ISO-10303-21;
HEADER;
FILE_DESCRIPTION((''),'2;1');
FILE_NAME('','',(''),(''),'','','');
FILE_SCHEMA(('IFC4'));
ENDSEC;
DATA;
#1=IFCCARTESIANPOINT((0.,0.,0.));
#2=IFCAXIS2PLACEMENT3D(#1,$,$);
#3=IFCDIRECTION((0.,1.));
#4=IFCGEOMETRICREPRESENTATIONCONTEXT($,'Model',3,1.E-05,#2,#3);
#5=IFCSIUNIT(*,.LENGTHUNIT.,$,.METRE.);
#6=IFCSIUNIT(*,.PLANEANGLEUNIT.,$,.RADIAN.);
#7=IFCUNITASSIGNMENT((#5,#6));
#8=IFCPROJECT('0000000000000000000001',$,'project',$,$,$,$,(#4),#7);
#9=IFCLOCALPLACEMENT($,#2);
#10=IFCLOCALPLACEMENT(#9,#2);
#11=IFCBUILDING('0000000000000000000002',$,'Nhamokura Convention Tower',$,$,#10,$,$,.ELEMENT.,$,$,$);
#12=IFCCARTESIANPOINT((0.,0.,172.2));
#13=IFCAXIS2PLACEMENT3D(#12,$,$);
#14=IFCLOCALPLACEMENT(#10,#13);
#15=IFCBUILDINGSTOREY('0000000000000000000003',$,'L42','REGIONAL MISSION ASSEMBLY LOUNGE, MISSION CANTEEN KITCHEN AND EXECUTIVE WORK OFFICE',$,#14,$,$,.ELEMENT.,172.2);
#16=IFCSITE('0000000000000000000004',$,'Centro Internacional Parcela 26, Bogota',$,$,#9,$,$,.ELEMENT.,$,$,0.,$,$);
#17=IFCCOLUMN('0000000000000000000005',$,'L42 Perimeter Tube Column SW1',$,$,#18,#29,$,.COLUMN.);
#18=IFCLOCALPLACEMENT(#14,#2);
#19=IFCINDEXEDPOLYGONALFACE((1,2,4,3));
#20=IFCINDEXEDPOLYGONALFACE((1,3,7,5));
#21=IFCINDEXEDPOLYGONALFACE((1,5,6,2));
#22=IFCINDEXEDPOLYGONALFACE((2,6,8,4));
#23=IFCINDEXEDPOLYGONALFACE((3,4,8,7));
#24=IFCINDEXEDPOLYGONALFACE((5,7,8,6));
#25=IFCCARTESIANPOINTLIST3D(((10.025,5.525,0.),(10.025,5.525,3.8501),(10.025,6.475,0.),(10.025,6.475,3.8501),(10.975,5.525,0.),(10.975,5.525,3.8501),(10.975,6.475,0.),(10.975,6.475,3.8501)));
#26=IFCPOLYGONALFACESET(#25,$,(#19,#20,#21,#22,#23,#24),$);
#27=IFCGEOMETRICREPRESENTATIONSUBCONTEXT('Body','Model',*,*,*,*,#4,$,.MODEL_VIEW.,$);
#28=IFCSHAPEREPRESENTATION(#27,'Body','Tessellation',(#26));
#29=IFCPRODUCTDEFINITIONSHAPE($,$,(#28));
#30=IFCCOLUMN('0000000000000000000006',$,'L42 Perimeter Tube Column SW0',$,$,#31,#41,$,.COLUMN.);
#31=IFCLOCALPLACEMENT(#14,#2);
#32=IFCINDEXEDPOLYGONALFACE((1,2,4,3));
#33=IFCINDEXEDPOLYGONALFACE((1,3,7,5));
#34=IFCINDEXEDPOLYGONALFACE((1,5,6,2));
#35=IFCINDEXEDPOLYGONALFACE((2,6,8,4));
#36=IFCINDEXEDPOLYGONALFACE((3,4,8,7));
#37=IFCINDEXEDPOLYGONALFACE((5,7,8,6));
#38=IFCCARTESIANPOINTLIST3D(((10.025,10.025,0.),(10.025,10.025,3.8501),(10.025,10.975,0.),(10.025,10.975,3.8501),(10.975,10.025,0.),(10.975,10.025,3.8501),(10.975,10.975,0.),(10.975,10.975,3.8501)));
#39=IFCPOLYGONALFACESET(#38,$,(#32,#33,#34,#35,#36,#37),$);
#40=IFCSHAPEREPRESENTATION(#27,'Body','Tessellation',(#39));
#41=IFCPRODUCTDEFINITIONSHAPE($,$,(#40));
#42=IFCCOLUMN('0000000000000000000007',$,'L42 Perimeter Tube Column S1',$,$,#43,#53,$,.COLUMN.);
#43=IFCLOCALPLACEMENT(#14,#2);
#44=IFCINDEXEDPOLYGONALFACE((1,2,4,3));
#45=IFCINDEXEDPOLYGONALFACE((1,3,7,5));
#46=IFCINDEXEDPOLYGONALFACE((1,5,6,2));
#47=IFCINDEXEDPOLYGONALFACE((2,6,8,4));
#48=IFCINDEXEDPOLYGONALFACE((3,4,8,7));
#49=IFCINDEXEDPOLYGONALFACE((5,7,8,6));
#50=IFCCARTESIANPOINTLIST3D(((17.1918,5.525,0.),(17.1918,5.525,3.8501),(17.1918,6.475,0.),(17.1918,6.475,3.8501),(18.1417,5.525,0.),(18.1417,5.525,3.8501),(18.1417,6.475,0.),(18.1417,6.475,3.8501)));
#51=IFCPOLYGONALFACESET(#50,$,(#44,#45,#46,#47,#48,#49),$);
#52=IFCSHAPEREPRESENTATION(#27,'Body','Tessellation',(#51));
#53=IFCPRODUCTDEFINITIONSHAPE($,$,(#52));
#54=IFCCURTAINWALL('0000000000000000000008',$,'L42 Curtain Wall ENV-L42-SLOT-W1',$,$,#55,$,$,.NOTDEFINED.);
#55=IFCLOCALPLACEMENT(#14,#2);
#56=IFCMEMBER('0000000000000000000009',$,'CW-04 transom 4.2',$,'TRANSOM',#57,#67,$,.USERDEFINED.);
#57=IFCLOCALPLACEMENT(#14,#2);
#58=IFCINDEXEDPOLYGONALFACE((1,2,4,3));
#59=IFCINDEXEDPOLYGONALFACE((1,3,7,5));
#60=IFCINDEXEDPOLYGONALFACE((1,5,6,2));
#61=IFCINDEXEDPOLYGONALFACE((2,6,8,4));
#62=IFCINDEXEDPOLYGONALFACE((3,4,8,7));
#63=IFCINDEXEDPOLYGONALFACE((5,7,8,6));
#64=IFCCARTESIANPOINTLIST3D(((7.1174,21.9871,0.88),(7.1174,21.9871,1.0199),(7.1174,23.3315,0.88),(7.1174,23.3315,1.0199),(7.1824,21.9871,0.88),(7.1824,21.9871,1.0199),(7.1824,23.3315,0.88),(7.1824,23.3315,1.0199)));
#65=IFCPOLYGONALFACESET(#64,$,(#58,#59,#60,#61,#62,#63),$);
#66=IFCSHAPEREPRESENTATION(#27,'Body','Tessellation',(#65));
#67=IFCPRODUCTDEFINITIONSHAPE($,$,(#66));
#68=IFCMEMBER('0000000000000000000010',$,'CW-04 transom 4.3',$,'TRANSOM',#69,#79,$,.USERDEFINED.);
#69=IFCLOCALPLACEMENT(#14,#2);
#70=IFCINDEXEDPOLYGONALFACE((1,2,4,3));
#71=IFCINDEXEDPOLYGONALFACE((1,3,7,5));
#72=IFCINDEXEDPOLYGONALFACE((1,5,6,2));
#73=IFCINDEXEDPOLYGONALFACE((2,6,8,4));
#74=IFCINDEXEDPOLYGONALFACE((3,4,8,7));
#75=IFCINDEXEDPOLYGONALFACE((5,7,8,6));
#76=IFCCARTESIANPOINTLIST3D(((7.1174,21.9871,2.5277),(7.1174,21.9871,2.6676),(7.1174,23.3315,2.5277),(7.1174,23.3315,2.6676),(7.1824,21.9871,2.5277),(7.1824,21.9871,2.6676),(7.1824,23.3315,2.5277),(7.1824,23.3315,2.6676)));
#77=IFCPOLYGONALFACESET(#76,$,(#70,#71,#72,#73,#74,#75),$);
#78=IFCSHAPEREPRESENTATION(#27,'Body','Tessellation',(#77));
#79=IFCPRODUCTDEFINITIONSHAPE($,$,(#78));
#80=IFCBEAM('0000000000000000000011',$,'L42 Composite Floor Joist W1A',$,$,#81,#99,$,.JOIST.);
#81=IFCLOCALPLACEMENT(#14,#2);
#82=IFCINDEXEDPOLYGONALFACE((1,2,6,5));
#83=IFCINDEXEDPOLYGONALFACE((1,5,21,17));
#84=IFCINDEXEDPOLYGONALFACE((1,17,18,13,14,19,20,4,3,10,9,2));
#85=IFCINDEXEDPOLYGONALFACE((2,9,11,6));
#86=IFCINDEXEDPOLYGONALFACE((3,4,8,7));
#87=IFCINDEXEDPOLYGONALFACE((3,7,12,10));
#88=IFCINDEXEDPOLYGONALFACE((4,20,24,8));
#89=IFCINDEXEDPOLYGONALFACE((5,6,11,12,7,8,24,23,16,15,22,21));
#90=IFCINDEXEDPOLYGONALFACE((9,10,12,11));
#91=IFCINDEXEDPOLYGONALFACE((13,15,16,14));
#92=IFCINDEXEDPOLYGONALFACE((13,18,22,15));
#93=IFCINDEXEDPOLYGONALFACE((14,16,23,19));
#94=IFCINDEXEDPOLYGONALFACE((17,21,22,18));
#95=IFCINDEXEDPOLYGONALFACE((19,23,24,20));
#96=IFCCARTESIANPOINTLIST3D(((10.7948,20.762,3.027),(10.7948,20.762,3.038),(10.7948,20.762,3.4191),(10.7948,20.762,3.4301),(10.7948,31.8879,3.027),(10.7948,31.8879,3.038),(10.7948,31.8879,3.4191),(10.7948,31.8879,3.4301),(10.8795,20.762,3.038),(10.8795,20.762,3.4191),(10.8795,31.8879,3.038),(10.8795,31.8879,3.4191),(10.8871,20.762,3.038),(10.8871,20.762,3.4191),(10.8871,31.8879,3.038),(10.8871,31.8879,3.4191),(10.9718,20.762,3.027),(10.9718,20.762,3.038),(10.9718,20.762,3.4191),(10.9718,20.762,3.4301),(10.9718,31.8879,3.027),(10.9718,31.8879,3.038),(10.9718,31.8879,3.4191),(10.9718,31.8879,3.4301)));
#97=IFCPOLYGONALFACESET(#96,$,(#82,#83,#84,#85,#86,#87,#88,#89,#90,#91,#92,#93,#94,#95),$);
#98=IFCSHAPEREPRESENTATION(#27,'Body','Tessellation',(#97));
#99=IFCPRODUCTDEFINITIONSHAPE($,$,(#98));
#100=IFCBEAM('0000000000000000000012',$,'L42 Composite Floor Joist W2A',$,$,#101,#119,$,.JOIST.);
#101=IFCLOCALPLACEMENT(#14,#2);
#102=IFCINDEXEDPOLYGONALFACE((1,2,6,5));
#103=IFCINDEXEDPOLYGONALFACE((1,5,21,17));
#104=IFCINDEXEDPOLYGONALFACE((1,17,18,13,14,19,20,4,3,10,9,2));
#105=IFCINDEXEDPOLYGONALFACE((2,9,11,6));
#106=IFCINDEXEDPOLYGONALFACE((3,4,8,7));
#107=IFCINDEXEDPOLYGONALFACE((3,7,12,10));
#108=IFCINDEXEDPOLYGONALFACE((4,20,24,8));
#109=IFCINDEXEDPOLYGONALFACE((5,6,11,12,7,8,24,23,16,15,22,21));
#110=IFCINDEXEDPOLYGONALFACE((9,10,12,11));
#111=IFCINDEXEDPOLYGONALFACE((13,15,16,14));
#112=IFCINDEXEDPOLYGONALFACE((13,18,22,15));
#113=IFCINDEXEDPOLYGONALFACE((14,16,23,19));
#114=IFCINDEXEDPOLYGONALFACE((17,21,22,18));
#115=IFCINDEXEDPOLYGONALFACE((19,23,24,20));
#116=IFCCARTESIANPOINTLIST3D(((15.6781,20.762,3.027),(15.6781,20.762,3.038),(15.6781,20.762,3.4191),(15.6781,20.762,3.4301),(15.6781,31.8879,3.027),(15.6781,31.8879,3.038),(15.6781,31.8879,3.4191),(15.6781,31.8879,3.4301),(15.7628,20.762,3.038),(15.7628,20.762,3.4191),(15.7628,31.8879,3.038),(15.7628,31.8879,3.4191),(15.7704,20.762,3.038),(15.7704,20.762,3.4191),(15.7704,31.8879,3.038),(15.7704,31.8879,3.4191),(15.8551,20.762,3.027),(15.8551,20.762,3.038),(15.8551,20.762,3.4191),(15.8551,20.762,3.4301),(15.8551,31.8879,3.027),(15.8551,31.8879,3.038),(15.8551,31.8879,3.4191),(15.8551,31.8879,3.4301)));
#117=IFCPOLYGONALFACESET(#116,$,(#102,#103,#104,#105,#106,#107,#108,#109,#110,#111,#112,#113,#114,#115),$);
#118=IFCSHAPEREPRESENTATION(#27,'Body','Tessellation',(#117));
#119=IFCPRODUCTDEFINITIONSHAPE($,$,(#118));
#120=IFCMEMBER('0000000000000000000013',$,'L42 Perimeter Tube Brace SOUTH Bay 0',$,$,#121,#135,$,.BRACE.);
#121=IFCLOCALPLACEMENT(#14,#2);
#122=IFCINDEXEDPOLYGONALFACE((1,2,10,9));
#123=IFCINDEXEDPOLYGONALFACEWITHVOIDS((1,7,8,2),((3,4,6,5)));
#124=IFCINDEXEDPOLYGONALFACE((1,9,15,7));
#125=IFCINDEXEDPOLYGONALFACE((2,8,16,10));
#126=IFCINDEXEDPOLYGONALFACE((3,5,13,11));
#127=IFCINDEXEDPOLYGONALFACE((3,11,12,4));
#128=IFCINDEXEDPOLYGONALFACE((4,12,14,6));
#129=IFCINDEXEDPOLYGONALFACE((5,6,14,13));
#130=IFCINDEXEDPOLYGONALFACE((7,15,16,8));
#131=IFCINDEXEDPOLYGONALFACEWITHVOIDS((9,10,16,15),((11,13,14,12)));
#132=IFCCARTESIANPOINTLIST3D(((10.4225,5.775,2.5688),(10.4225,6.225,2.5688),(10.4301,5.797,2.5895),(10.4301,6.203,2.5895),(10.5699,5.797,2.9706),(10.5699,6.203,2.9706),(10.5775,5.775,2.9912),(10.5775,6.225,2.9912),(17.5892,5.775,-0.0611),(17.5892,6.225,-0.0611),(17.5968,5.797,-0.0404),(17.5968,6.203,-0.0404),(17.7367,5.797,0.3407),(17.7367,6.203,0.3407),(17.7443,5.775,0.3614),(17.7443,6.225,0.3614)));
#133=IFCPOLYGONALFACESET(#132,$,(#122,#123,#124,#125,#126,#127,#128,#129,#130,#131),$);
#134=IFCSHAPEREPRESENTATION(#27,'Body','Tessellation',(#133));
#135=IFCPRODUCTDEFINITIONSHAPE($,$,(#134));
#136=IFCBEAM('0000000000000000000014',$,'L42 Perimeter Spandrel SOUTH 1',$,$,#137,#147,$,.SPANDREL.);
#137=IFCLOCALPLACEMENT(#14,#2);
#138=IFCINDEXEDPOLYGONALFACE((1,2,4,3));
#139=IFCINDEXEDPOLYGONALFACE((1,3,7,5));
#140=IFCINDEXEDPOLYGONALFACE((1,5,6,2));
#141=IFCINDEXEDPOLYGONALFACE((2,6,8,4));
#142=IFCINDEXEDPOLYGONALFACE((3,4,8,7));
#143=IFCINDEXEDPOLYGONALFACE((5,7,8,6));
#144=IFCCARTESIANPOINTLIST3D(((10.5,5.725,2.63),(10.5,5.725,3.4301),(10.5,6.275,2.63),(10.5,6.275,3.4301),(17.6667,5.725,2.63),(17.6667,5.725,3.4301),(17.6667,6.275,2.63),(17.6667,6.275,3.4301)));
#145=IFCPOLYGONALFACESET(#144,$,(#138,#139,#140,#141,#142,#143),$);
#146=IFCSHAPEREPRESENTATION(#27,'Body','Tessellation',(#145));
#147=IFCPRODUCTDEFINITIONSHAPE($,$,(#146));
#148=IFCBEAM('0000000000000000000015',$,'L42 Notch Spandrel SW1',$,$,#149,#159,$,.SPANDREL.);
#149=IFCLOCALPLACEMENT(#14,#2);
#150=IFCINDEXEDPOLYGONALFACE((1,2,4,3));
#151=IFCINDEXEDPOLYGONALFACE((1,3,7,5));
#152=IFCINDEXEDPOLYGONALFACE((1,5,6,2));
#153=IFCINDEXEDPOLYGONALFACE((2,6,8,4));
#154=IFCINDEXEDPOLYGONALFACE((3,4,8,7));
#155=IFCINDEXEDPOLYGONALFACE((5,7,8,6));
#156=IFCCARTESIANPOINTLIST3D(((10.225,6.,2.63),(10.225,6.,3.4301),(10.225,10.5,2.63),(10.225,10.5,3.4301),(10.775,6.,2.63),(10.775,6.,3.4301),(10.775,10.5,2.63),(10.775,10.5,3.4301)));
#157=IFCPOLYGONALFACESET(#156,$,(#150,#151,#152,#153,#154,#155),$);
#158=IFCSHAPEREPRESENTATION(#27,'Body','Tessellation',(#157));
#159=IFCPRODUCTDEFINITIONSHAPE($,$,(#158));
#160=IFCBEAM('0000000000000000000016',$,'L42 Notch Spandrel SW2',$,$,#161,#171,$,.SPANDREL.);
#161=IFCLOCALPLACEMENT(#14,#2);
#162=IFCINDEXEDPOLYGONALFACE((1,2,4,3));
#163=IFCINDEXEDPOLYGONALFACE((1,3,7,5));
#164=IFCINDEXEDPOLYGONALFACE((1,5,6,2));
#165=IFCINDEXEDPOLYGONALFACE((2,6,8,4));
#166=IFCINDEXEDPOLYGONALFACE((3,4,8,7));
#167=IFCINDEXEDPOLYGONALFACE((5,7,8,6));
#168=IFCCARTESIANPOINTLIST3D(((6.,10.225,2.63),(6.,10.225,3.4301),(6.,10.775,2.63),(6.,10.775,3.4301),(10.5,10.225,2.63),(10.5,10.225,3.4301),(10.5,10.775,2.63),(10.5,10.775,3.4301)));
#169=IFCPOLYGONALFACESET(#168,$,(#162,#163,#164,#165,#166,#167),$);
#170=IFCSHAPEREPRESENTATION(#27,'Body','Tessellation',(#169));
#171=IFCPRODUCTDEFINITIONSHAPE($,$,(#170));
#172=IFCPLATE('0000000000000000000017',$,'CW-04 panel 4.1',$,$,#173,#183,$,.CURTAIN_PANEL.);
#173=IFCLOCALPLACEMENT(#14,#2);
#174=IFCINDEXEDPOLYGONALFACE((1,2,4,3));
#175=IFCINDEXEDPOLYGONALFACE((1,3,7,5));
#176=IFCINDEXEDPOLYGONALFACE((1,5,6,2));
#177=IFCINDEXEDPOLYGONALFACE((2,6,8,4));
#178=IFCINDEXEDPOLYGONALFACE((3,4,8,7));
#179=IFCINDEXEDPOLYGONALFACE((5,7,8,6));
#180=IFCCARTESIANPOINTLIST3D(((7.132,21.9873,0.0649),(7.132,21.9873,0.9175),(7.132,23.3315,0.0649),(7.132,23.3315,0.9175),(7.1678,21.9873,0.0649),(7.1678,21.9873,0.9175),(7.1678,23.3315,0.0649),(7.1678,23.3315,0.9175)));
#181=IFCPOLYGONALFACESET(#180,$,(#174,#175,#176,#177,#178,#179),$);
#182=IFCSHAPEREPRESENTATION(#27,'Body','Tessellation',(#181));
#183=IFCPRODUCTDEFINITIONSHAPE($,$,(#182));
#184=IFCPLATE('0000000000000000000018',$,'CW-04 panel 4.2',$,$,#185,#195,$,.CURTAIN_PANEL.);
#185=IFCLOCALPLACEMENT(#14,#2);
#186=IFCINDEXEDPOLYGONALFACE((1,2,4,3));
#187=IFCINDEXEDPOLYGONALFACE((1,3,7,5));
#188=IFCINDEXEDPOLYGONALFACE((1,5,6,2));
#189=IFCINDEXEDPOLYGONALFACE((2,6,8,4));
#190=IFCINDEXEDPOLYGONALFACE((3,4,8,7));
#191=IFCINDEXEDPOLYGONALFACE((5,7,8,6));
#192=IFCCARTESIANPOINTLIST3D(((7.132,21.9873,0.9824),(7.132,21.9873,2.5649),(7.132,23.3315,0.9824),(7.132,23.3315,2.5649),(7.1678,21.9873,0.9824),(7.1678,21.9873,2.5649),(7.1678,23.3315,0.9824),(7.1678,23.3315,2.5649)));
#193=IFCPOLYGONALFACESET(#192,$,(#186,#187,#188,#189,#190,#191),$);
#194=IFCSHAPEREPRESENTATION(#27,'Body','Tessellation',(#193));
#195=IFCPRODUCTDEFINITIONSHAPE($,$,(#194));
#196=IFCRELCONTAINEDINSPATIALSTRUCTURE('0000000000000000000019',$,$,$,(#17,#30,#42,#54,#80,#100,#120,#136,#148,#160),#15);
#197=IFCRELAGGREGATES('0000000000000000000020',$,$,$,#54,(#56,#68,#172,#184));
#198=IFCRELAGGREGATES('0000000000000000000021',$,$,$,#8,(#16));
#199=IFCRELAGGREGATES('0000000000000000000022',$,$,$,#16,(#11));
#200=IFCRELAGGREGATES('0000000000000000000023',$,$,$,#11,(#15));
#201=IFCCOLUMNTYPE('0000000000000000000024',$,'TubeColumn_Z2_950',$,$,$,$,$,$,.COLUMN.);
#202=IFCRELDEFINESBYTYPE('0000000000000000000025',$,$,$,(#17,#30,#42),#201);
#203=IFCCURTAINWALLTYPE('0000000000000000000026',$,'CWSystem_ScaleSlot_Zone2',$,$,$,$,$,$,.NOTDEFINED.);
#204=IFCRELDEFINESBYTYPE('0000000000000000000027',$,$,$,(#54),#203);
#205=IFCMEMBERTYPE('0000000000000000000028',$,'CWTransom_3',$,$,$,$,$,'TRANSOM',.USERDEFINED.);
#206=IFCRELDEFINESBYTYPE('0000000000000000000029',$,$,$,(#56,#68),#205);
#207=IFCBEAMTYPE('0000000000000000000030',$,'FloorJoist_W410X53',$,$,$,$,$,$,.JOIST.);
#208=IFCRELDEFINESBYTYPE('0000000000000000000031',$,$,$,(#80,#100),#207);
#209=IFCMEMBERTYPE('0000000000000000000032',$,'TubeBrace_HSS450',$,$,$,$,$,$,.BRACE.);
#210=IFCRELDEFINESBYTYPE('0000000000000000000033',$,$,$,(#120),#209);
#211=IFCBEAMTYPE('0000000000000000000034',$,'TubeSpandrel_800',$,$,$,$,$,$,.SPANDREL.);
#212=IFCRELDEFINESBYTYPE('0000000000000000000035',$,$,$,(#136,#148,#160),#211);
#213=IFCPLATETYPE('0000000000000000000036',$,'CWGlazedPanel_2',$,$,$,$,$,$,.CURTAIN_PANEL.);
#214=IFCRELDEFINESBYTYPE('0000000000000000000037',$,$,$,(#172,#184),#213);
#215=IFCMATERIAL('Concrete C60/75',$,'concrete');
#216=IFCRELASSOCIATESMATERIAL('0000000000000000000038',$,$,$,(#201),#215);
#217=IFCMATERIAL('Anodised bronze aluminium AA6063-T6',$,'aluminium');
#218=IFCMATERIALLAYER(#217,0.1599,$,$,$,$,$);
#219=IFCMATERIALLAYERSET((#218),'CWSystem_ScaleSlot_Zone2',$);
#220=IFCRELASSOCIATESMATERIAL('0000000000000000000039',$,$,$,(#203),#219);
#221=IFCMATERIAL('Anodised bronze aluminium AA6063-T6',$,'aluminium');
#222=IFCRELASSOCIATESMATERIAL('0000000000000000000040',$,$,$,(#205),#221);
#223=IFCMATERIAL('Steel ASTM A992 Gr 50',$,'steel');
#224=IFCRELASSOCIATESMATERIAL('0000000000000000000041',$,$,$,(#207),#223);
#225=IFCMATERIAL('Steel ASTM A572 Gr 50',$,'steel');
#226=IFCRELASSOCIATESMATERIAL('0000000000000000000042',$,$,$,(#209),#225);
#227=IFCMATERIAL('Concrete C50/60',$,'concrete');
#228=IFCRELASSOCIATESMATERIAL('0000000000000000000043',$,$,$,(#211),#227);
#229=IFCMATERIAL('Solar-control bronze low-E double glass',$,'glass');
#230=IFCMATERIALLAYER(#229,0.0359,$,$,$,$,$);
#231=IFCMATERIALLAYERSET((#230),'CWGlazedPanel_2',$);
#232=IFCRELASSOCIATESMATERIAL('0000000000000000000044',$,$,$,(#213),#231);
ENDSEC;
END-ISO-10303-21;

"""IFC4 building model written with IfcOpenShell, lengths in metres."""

from ifc_helpers import new_model, si_unit, direction, frame, origin, origin_2d, place, context, subcontext, project, spatial, rectangle, hollow_rectangle, i_section, extrude, material, layer, layer_set, material_profile, profile_set, type_object, element, aggregate, save


model = new_model("IFC4")

# Units and contexts
model_context = context("Model", 3, precision=1e-05, world=origin(), true_north=direction((0.0, 1.0)))
body_context = subcontext(model_context, "Body", "Model", "MODEL_VIEW")
ifc_project = project(units=[si_unit("LENGTHUNIT", "METRE"), si_unit("PLANEANGLEUNIT", "RADIAN")], contexts=[model_context])

# Site, building, storey
site_placement = place(None, origin())
site = spatial("IfcSite", under=ifc_project, at=site_placement, Name="Centro Internacional Parcela 26, Bogota", CompositionType="ELEMENT", RefElevation=0.0)
building_placement = place(site_placement, origin())
building = spatial("IfcBuilding", under=site, at=building_placement, Name="Nhamokura Convention Tower", CompositionType="ELEMENT")
storey_placement = place(building_placement, frame((0.0, 0.0, 172.2)))
storey = spatial("IfcBuildingStorey", under=building, at=storey_placement, Name="L42", Description="REGIONAL MISSION ASSEMBLY LOUNGE, MISSION CANTEEN KITCHEN AND EXECUTIVE WORK OFFICE", CompositionType="ELEMENT", Elevation=172.2)

# Columns
ifc_material_1 = material(Name="Concrete C60/75", Category="concrete")
ifc_material_profile_1 = material_profile(ifc_material_1, rectangle(XDim=0.95, YDim=0.95, at=origin_2d()))
ifc_profile_set_1 = profile_set([ifc_material_profile_1], Name="Concrete C60/75")
column_type = type_object("IfcColumnType", Name="TubeColumn_Z2_950", PredefinedType="COLUMN", material=ifc_profile_set_1)
for number, where, z_axis, x_axis, name in (
    (1, (10.5, 6.0, 0.0), (0.0, 0.0, 1.0), (1.0, 0.0, 0.0), "L42 Perimeter Tube Column SW1"),
    (2, (10.5, 10.5, 0.0), (0.0, 0.0, 1.0), (1.0, 0.0, 0.0), "L42 Perimeter Tube Column SW0"),
    (3, (17.6667, 6.0, 0.0), (0.0, 0.0, 1.0), (1.0, 0.0, 0.0), "L42 Perimeter Tube Column S1"),
):
    element("IfcColumn", number, at=place(storey_placement, frame(where, z_axis=z_axis, x_axis=x_axis)), inside=storey, type_object=column_type, Name=name, PredefinedType="COLUMN", context=body_context, shape_type="SweptSolid", body=[
        extrude(rectangle(XDim=0.95, YDim=0.95, at=origin_2d()), origin(), (0.0, 0.0, 1.0), 3.8501),
    ])

# Curtain wall, members
ifc_material_2 = material(Name="Anodised bronze aluminium AA6063-T6", Category="aluminium")
ifc_layer_1 = layer(ifc_material_2, 0.1599)
ifc_layer_set_1 = layer_set([ifc_layer_1], Name="CWSystem_ScaleSlot_Zone2")
curtain_wall_type = type_object("IfcCurtainWallType", Name="CWSystem_ScaleSlot_Zone2", PredefinedType="NOTDEFINED", material=ifc_layer_set_1)
curtain_wall_placement = place(storey_placement, origin())
curtain_wall = element("IfcCurtainWall", 4, at=curtain_wall_placement, inside=storey, type_object=curtain_wall_type, Name="L42 Curtain Wall ENV-L42-SLOT-W1", PredefinedType="NOTDEFINED")
ifc_material_3 = material(Name="Anodised bronze aluminium AA6063-T6", Category="aluminium")
ifc_material_profile_2 = material_profile(ifc_material_3, rectangle(XDim=0.0649, YDim=0.1399, at=origin_2d()))
ifc_profile_set_2 = profile_set([ifc_material_profile_2], Name="Anodised bronze aluminium AA6063-T6")
member_type_1 = type_object("IfcMemberType", Name="CWTransom_3", ElementType="TRANSOM", PredefinedType="USERDEFINED", material=ifc_profile_set_2)
member_1_placement = place(storey_placement, frame((7.1499, 21.9871, 0.95), z_axis=(0.0, 1.0, 0.0), x_axis=(-1.0, 0.0, 0.0)))
member_1 = element("IfcMember", 5, at=member_1_placement, type_object=member_type_1, Name="CW-04 transom 4.2", ObjectType="TRANSOM", PredefinedType="USERDEFINED", context=body_context, shape_type="SweptSolid", body=[
    extrude(rectangle(XDim=0.0649, YDim=0.1399, at=origin_2d()), origin(), (0.0, 0.0, 1.0), 1.3445),
])
member_2_placement = place(storey_placement, frame((7.1499, 21.9871, 2.5977), z_axis=(0.0, 1.0, 0.0), x_axis=(-1.0, 0.0, 0.0)))
member_2 = element("IfcMember", 6, at=member_2_placement, type_object=member_type_1, Name="CW-04 transom 4.3", ObjectType="TRANSOM", PredefinedType="USERDEFINED", context=body_context, shape_type="SweptSolid", body=[
    extrude(rectangle(XDim=0.0649, YDim=0.1399, at=origin_2d()), origin(), (0.0, 0.0, 1.0), 1.3445),
])

# Beams
ifc_material_4 = material(Name="Steel ASTM A992 Gr 50", Category="steel")
ifc_material_profile_3 = material_profile(ifc_material_4, i_section(OverallWidth=0.177, OverallDepth=0.4031, WebThickness=0.0076, FlangeThickness=0.011, at=origin_2d()))
ifc_profile_set_3 = profile_set([ifc_material_profile_3], Name="Steel ASTM A992 Gr 50")
beam_type_1 = type_object("IfcBeamType", Name="FloorJoist_W410X53", PredefinedType="JOIST", material=ifc_profile_set_3)
for number, where, z_axis, x_axis, name in (
    (7, (10.8833, 20.762, 3.2285), (0.0, 1.0, 0.0), (-1.0, 0.0, 0.0), "L42 Composite Floor Joist W1A"),
    (8, (15.7666, 20.762, 3.2285), (0.0, 1.0, 0.0), (-1.0, 0.0, 0.0), "L42 Composite Floor Joist W2A"),
):
    element("IfcBeam", number, at=place(storey_placement, frame(where, z_axis=z_axis, x_axis=x_axis)), inside=storey, type_object=beam_type_1, Name=name, PredefinedType="JOIST", context=body_context, shape_type="SweptSolid", body=[
        extrude(i_section(OverallWidth=0.177, OverallDepth=0.4031, WebThickness=0.0076, FlangeThickness=0.011, at=origin_2d()), origin(), (0.0, 0.0, 1.0), 11.126),
    ])

# Member
ifc_material_5 = material(Name="Steel ASTM A572 Gr 50", Category="steel")
ifc_material_profile_4 = material_profile(ifc_material_5, hollow_rectangle(XDim=0.45, YDim=0.45, WallThickness=0.022, at=origin_2d()))
ifc_profile_set_4 = profile_set([ifc_material_profile_4], Name="Steel ASTM A572 Gr 50")
member_type_2 = type_object("IfcMemberType", Name="TubeBrace_HSS450", PredefinedType="BRACE", material=ifc_profile_set_4)
member_3_placement = place(storey_placement, frame((17.6667, 6.0, 0.1501), z_axis=(-0.938788, 0.0, 0.344494), x_axis=(0.0, -1.0, 0.0)))
element("IfcMember", 9, at=member_3_placement, inside=storey, type_object=member_type_2, Name="L42 Perimeter Tube Brace SOUTH Bay 0", PredefinedType="BRACE", context=body_context, shape_type="SweptSolid", body=[
    extrude(hollow_rectangle(XDim=0.45, YDim=0.45, WallThickness=0.022, at=origin_2d()), origin(), (0.0, 0.0, 1.0), 7.634),
])

# Beams
ifc_material_6 = material(Name="Concrete C50/60", Category="concrete")
ifc_material_profile_5 = material_profile(ifc_material_6, rectangle(XDim=0.55, YDim=0.8, at=origin_2d()))
ifc_profile_set_5 = profile_set([ifc_material_profile_5], Name="Concrete C50/60")
beam_type_2 = type_object("IfcBeamType", Name="TubeSpandrel_800", PredefinedType="SPANDREL", material=ifc_profile_set_5)
beam_placement = place(storey_placement, frame((10.5, 6.0, 3.03), z_axis=(1.0, 0.0, 0.0), x_axis=(0.0, 1.0, 0.0)))
element("IfcBeam", 10, at=beam_placement, inside=storey, type_object=beam_type_2, Name="L42 Perimeter Spandrel SOUTH 1", PredefinedType="SPANDREL", context=body_context, shape_type="SweptSolid", body=[
    extrude(rectangle(XDim=0.55, YDim=0.8, at=origin_2d()), origin(), (0.0, 0.0, 1.0), 7.1667),
])
for number, where, z_axis, x_axis, name in (
    (11, (10.5, 6.0, 3.03), (0.0, 1.0, 0.0), (-1.0, 0.0, 0.0), "L42 Notch Spandrel SW1"),
    (12, (10.5, 10.5, 3.03), (-1.0, 0.0, 0.0), (0.0, -1.0, 0.0), "L42 Notch Spandrel SW2"),
):
    element("IfcBeam", number, at=place(storey_placement, frame(where, z_axis=z_axis, x_axis=x_axis)), inside=storey, type_object=beam_type_2, Name=name, PredefinedType="SPANDREL", context=body_context, shape_type="SweptSolid", body=[
        extrude(rectangle(XDim=0.55, YDim=0.8, at=origin_2d()), origin(), (0.0, 0.0, 1.0), 4.5),
    ])

# Plates
ifc_material_7 = material(Name="Solar-control bronze low-E double glass", Category="glass")
ifc_layer_2 = layer(ifc_material_7, 0.0359)
ifc_layer_set_2 = layer_set([ifc_layer_2], Name="CWGlazedPanel_2")
plate_type = type_object("IfcPlateType", Name="CWGlazedPanel_2", PredefinedType="CURTAIN_PANEL", material=ifc_layer_set_2)
plate_1_placement = place(storey_placement, frame((7.1499, 22.6594, 0.0649), z_axis=(0.0, 0.0, 1.0), x_axis=(0.0, 1.0, 0.0)))
plate_1 = element("IfcPlate", 13, at=plate_1_placement, type_object=plate_type, Name="CW-04 panel 4.1", PredefinedType="CURTAIN_PANEL", context=body_context, shape_type="SweptSolid", body=[
    extrude(rectangle(XDim=1.3442, YDim=0.0359, at=origin_2d()), origin(), (0.0, 0.0, 1.0), 0.8525),
])
plate_2_placement = place(storey_placement, frame((7.1499, 22.6594, 0.9824), z_axis=(0.0, 0.0, 1.0), x_axis=(0.0, 1.0, 0.0)))
plate_2 = element("IfcPlate", 14, at=plate_2_placement, type_object=plate_type, Name="CW-04 panel 4.2", PredefinedType="CURTAIN_PANEL", context=body_context, shape_type="SweptSolid", body=[
    extrude(rectangle(XDim=1.3442, YDim=0.0359, at=origin_2d()), origin(), (0.0, 0.0, 1.0), 1.5825),
])
aggregate(curtain_wall, [member_1, member_2, plate_1, plate_2])

save(model, "model.ifc")
